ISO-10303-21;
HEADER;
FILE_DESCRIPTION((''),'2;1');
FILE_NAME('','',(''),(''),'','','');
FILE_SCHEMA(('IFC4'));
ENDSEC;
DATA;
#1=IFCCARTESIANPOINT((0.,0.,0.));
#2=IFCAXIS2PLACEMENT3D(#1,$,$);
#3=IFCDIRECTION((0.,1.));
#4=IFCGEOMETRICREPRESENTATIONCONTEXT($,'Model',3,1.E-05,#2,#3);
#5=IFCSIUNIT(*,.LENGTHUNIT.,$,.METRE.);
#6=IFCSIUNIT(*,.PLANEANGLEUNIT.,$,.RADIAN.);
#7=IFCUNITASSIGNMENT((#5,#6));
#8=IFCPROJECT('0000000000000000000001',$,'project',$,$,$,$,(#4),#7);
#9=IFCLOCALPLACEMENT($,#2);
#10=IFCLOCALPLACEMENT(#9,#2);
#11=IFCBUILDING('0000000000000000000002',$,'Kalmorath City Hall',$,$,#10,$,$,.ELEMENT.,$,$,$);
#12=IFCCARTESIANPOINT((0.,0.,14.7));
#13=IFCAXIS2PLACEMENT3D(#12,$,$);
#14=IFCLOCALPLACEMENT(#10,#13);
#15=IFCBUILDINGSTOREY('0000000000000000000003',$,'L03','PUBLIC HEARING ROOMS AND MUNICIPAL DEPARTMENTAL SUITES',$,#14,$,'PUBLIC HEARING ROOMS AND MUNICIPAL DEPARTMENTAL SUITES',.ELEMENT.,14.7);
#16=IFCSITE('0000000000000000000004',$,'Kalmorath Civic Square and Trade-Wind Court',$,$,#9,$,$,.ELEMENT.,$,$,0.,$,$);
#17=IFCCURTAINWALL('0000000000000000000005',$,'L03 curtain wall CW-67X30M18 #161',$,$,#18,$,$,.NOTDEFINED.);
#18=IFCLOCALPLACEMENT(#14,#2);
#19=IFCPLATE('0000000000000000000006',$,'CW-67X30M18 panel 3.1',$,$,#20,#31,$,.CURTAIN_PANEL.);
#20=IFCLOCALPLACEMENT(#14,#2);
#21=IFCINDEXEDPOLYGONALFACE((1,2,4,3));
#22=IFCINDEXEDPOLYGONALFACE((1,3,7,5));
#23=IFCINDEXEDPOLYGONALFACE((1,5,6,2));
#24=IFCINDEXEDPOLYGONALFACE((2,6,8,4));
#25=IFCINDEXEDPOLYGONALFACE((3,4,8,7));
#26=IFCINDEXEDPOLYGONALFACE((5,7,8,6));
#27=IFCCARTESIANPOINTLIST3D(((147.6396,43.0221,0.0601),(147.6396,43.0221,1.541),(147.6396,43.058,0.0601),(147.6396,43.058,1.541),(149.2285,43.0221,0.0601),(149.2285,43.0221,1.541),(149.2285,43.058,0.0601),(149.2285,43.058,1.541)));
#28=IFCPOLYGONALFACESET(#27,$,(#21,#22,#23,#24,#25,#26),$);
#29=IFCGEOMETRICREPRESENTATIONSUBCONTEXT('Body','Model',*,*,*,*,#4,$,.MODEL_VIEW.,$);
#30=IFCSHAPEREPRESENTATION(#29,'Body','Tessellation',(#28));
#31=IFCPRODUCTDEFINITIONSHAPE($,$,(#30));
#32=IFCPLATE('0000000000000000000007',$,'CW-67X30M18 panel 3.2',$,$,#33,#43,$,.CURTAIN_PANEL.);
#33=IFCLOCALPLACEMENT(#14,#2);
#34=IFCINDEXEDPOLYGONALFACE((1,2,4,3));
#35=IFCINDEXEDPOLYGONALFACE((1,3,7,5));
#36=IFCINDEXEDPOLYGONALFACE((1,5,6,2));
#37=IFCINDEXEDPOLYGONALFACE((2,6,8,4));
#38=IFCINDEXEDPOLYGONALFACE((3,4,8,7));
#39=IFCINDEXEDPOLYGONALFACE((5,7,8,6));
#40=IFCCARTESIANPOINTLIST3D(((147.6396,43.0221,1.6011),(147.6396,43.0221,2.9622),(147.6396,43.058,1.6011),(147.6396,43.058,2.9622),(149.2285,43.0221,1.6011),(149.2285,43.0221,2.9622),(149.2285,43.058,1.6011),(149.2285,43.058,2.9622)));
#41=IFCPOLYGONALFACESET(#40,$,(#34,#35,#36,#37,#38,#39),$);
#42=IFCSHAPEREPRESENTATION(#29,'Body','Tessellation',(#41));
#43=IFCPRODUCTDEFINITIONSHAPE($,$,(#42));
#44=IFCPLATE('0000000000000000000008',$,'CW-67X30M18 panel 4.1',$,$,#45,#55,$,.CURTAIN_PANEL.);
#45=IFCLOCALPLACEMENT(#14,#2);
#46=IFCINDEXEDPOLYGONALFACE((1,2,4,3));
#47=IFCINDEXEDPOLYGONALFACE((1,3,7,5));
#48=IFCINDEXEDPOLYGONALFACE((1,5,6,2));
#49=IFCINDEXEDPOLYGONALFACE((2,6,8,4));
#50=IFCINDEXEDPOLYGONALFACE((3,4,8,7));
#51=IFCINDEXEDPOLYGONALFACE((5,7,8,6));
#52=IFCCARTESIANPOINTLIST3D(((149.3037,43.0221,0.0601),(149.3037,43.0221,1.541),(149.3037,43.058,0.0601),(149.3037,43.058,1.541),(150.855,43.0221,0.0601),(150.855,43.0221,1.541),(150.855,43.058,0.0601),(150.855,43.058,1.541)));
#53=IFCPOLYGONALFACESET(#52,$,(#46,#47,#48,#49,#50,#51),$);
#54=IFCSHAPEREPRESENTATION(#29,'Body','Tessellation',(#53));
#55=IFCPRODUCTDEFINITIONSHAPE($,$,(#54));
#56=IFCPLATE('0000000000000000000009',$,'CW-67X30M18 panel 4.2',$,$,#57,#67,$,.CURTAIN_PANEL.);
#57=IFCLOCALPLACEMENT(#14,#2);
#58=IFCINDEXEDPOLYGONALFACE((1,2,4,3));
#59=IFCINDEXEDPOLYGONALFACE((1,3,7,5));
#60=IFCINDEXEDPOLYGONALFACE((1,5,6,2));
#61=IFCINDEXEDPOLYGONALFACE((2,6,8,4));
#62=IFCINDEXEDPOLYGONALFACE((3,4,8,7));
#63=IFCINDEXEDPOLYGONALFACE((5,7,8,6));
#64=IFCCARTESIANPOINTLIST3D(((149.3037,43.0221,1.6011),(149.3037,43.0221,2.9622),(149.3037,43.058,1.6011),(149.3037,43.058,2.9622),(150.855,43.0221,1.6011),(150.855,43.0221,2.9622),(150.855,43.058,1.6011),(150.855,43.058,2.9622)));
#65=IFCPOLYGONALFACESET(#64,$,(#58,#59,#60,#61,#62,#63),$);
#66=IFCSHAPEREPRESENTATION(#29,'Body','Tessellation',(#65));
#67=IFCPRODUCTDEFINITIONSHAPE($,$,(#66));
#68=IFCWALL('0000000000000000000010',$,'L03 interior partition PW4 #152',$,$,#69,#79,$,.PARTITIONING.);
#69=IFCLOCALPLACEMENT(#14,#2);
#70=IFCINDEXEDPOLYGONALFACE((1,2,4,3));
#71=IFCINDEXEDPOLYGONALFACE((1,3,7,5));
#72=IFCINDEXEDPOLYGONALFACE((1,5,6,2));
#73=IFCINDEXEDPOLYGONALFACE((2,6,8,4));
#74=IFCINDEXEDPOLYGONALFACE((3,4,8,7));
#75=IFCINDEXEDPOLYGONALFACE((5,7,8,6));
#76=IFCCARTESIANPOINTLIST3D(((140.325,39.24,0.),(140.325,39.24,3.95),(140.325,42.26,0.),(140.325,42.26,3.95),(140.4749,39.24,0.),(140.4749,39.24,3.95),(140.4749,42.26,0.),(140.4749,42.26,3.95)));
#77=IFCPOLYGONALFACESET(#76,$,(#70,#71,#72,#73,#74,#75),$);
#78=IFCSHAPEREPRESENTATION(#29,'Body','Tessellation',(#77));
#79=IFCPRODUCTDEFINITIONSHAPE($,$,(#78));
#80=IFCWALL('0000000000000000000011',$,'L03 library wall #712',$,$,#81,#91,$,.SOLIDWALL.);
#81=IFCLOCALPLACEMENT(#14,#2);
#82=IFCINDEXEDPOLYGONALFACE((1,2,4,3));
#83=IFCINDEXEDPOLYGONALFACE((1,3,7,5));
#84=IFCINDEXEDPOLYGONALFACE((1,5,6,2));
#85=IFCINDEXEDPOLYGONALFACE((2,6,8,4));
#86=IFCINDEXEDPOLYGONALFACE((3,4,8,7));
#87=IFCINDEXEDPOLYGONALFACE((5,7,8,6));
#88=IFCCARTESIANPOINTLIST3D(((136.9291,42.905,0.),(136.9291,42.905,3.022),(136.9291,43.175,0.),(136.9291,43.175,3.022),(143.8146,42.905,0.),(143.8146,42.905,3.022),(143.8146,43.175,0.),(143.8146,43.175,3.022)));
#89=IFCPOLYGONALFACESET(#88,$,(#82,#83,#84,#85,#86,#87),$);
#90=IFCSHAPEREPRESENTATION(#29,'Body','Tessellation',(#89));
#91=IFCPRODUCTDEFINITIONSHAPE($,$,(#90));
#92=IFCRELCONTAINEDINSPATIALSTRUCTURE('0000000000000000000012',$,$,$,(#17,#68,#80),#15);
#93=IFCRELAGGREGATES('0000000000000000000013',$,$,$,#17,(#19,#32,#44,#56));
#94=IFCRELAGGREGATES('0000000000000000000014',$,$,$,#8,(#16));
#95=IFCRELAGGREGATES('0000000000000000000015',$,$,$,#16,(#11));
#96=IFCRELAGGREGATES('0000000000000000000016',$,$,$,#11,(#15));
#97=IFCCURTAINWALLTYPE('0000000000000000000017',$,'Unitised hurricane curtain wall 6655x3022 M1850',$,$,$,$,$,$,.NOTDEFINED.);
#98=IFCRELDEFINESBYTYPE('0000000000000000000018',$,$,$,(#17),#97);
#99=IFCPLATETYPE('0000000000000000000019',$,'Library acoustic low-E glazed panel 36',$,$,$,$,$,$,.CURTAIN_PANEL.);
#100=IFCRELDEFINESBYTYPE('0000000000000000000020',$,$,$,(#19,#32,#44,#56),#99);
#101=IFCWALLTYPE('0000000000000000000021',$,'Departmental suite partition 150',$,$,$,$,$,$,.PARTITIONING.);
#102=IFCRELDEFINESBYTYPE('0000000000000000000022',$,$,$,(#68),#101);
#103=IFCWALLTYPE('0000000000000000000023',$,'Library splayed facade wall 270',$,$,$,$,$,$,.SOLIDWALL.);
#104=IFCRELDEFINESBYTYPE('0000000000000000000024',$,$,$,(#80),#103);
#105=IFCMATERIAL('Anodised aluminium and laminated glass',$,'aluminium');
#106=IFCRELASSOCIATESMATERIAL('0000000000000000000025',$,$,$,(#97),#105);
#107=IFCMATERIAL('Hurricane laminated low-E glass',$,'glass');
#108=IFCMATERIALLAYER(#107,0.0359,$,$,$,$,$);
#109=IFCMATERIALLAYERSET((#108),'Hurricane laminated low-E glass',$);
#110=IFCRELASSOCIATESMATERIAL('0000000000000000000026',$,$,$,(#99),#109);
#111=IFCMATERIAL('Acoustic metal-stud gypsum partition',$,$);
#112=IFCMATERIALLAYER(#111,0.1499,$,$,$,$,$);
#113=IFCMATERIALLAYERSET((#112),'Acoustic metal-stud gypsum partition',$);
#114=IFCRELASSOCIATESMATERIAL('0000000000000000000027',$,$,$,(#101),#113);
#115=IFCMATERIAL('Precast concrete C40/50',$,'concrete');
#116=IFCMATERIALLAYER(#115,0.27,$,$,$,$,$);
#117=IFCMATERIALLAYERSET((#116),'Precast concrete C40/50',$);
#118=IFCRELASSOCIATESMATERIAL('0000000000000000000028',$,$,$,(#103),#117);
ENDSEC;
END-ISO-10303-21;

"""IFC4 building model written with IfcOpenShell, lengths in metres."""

from ifc_helpers import new_model, si_unit, direction, frame, frame_2d, origin, origin_2d, place, context, subcontext, project, spatial, rectangle, extrude, material, layer, layer_set, type_object, element, aggregate, save


model = new_model("IFC4")

# Units and contexts
model_context = context("Model", 3, precision=1e-05, world=origin(), true_north=direction((0.0, 1.0)))
body_context = subcontext(model_context, "Body", "Model", "MODEL_VIEW")
ifc_project = project(units=[si_unit("LENGTHUNIT", "METRE"), si_unit("PLANEANGLEUNIT", "RADIAN")], contexts=[model_context])

# Site, building, storey
site_placement = place(None, origin())
site = spatial("IfcSite", under=ifc_project, at=site_placement, Name="Kalmorath Civic Square and Trade-Wind Court", CompositionType="ELEMENT", RefElevation=0.0)
building_placement = place(site_placement, origin())
building = spatial("IfcBuilding", under=site, at=building_placement, Name="Kalmorath City Hall", CompositionType="ELEMENT")
storey_placement = place(building_placement, frame((0.0, 0.0, 14.7)))
storey = spatial("IfcBuildingStorey", under=building, at=storey_placement, Name="L03", Description="PUBLIC HEARING ROOMS AND MUNICIPAL DEPARTMENTAL SUITES", LongName="PUBLIC HEARING ROOMS AND MUNICIPAL DEPARTMENTAL SUITES", CompositionType="ELEMENT", Elevation=14.7)

# Curtain wall, plates
ifc_material_1 = material(Name="Anodised aluminium and laminated glass", Category="aluminium")
curtain_wall_type = type_object("IfcCurtainWallType", Name="Unitised hurricane curtain wall 6655x3022 M1850", PredefinedType="NOTDEFINED", material=ifc_material_1)
curtain_wall_placement = place(storey_placement, origin())
curtain_wall = element("IfcCurtainWall", 1, at=curtain_wall_placement, inside=storey, type_object=curtain_wall_type, Name="L03 curtain wall CW-67X30M18 #161", PredefinedType="NOTDEFINED")
ifc_material_2 = material(Name="Hurricane laminated low-E glass", Category="glass")
ifc_layer_1 = layer(ifc_material_2, 0.0359)
ifc_layer_set_1 = layer_set([ifc_layer_1], Name="Hurricane laminated low-E glass")
plate_type = type_object("IfcPlateType", Name="Library acoustic low-E glazed panel 36", PredefinedType="CURTAIN_PANEL", material=ifc_layer_set_1)
plate_1_placement = place(storey_placement, frame((148.4341, 43.04, 0.0601), z_axis=(0.0, 0.0, 1.0), x_axis=(1.0, 0.0, 0.0)))
plate_1 = element("IfcPlate", 2, at=plate_1_placement, type_object=plate_type, Name="CW-67X30M18 panel 3.1", PredefinedType="CURTAIN_PANEL", context=body_context, shape_type="SweptSolid", body=[
    extrude(rectangle(XDim=1.5889, YDim=0.0359, at=origin_2d()), origin(), (0.0, 0.0, 1.0), 1.481),
])
plate_2_placement = place(storey_placement, frame((148.4341, 43.04, 1.6011), z_axis=(0.0, 0.0, 1.0), x_axis=(1.0, 0.0, 0.0)))
plate_2 = element("IfcPlate", 3, at=plate_2_placement, type_object=plate_type, Name="CW-67X30M18 panel 3.2", PredefinedType="CURTAIN_PANEL", context=body_context, shape_type="SweptSolid", body=[
    extrude(rectangle(XDim=1.5889, YDim=0.0359, at=origin_2d()), origin(), (0.0, 0.0, 1.0), 1.3611),
])
plate_3_placement = place(storey_placement, frame((150.0793, 43.04, 0.0601), z_axis=(0.0, 0.0, 1.0), x_axis=(1.0, 0.0, 0.0)))
plate_3 = element("IfcPlate", 4, at=plate_3_placement, type_object=plate_type, Name="CW-67X30M18 panel 4.1", PredefinedType="CURTAIN_PANEL", context=body_context, shape_type="SweptSolid", body=[
    extrude(rectangle(XDim=1.5513, YDim=0.0359, at=origin_2d()), origin(), (0.0, 0.0, 1.0), 1.481),
])
plate_4_placement = place(storey_placement, frame((150.0793, 43.04, 1.6011), z_axis=(0.0, 0.0, 1.0), x_axis=(1.0, 0.0, 0.0)))
plate_4 = element("IfcPlate", 5, at=plate_4_placement, type_object=plate_type, Name="CW-67X30M18 panel 4.2", PredefinedType="CURTAIN_PANEL", context=body_context, shape_type="SweptSolid", body=[
    extrude(rectangle(XDim=1.5513, YDim=0.0359, at=origin_2d()), origin(), (0.0, 0.0, 1.0), 1.3611),
])
aggregate(curtain_wall, [plate_1, plate_2, plate_3, plate_4])

# Walls
ifc_material_3 = material(Name="Acoustic metal-stud gypsum partition")
ifc_layer_2 = layer(ifc_material_3, 0.1499)
ifc_layer_set_2 = layer_set([ifc_layer_2], Name="Acoustic metal-stud gypsum partition")
wall_type_1 = type_object("IfcWallType", Name="Departmental suite partition 150", PredefinedType="PARTITIONING", material=ifc_layer_set_2)
wall_1_placement = place(storey_placement, frame((140.3999, 39.24, 0.0), z_axis=(0.0, 0.0, 1.0), x_axis=(0.0, 1.0, 0.0)))
element("IfcWall", 6, at=wall_1_placement, inside=storey, type_object=wall_type_1, Name="L03 interior partition PW4 #152", PredefinedType="PARTITIONING", context=body_context, shape_type="SweptSolid", body=[
    extrude(rectangle(XDim=3.02, YDim=0.1499, at=frame_2d((1.51, 0.0))), origin(), (0.0, 0.0, 1.0), 3.95),
])
ifc_material_4 = material(Name="Precast concrete C40/50", Category="concrete")
ifc_layer_3 = layer(ifc_material_4, 0.27)
ifc_layer_set_3 = layer_set([ifc_layer_3], Name="Precast concrete C40/50")
wall_type_2 = type_object("IfcWallType", Name="Library splayed facade wall 270", PredefinedType="SOLIDWALL", material=ifc_layer_set_3)
wall_2_placement = place(storey_placement, frame((136.929, 43.04, 0.0), z_axis=(0.0, 0.0, 1.0), x_axis=(1.0, 0.0, 0.0)))
element("IfcWall", 7, at=wall_2_placement, inside=storey, type_object=wall_type_2, Name="L03 library wall #712", PredefinedType="SOLIDWALL", context=body_context, shape_type="SweptSolid", body=[
    extrude(rectangle(XDim=6.8855, YDim=0.27, at=frame_2d((3.4429, 0.0))), origin(), (0.0, 0.0, 1.0), 3.022),
])

save(model, "model.ifc")
